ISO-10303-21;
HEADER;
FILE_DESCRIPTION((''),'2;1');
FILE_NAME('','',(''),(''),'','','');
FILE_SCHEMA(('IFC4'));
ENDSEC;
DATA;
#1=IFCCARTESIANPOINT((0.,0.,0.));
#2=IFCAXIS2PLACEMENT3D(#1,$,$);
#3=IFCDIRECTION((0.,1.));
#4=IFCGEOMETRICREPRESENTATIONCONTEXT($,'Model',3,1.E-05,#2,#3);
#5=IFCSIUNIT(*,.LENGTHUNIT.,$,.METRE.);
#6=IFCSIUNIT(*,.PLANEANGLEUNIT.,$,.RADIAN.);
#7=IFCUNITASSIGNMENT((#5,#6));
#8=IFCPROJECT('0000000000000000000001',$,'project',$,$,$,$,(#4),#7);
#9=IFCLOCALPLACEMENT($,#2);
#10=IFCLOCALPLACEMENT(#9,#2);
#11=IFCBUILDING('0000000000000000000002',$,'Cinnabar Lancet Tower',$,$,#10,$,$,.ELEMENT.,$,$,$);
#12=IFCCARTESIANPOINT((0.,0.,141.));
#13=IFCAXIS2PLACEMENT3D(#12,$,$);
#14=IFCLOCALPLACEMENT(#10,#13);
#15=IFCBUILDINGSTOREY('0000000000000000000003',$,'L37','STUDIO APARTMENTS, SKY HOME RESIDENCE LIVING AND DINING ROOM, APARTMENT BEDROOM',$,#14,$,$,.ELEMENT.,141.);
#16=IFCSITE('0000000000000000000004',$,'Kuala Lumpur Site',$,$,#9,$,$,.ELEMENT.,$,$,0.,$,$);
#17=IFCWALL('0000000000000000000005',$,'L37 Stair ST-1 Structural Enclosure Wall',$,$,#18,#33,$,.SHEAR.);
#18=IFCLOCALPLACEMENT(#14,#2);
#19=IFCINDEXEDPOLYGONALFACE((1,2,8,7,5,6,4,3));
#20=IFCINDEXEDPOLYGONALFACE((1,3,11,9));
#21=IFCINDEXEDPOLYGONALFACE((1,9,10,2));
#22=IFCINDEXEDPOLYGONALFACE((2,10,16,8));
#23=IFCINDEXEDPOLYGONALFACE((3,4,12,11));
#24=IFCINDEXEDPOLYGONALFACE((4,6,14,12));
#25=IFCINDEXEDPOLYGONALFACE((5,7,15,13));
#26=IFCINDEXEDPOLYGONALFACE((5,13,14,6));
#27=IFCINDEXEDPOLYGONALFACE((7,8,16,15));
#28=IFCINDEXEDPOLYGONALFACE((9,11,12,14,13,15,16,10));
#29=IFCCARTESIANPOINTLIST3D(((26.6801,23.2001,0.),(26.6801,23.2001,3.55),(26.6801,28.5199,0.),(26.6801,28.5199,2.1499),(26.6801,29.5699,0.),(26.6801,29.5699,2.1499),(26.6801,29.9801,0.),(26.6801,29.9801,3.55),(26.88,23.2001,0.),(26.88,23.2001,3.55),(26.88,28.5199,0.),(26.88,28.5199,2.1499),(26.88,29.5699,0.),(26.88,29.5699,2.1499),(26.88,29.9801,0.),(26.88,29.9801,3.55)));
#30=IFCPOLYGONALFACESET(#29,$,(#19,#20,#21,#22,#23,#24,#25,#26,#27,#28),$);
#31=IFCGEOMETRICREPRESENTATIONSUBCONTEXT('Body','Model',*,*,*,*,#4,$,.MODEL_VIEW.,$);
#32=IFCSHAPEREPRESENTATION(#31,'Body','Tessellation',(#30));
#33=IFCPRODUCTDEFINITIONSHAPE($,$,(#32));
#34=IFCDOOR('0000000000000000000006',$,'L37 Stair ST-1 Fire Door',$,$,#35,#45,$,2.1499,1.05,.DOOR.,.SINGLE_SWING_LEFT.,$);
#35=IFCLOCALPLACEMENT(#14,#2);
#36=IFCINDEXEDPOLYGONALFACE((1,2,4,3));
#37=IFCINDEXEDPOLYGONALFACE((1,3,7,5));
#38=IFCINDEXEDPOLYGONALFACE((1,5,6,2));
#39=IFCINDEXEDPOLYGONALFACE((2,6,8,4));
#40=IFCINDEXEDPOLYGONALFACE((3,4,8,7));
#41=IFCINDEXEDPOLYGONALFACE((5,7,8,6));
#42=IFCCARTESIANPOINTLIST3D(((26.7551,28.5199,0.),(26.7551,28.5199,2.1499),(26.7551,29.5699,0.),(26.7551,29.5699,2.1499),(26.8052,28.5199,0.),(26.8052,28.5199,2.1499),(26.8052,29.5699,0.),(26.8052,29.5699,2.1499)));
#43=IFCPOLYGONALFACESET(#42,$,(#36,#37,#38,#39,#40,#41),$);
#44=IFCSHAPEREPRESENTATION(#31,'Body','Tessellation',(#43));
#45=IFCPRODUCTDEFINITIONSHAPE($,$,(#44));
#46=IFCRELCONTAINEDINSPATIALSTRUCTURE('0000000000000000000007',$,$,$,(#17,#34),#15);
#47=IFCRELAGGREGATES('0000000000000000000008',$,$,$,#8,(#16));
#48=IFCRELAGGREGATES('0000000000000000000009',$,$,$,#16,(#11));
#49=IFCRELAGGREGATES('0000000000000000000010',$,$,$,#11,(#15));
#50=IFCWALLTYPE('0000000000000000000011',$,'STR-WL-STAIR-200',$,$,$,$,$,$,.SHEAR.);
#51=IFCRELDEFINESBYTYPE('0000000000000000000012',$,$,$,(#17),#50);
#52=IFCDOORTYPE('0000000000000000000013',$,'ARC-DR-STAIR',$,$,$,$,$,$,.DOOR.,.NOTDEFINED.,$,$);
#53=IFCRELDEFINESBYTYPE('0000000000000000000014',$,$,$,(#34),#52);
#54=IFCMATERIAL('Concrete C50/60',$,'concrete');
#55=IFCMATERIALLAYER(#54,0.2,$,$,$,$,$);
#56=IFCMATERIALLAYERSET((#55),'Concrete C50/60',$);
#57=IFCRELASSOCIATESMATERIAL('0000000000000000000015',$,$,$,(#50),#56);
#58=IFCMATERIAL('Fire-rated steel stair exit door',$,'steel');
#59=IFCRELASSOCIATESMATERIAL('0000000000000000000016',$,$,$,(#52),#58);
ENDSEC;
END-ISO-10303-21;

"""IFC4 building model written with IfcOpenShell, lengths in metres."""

from ifc_helpers import new_model, si_unit, direction, frame, frame_2d, origin, place, context, subcontext, project, spatial, rectangle, extrude, material, layer, layer_set, type_object, element, fill, save


model = new_model("IFC4")

# Units and contexts
model_context = context("Model", 3, precision=1e-05, world=origin(), true_north=direction((0.0, 1.0)))
body_context = subcontext(model_context, "Body", "Model", "MODEL_VIEW")
ifc_project = project(units=[si_unit("LENGTHUNIT", "METRE"), si_unit("PLANEANGLEUNIT", "RADIAN")], contexts=[model_context])

# Site, building, storey
site_placement = place(None, origin())
site = spatial("IfcSite", under=ifc_project, at=site_placement, Name="Kuala Lumpur Site", CompositionType="ELEMENT", RefElevation=0.0)
building_placement = place(site_placement, origin())
building = spatial("IfcBuilding", under=site, at=building_placement, Name="Cinnabar Lancet Tower", CompositionType="ELEMENT")
storey_placement = place(building_placement, frame((0.0, 0.0, 141.0)))
storey = spatial("IfcBuildingStorey", under=building, at=storey_placement, Name="L37", Description="STUDIO APARTMENTS, SKY HOME RESIDENCE LIVING AND DINING ROOM, APARTMENT BEDROOM", CompositionType="ELEMENT", Elevation=141.0)

# Wall, opening, door
ifc_material_1 = material(Name="Concrete C50/60", Category="concrete")
ifc_layer_1 = layer(ifc_material_1, 0.2)
ifc_layer_set_1 = layer_set([ifc_layer_1], Name="Concrete C50/60")
wall_type_1 = type_object("IfcWallType", Name="STR-WL-STAIR-200", PredefinedType="SHEAR", material=ifc_layer_set_1)
wall_1_placement = place(storey_placement, frame((26.78, 23.2, 0.0), z_axis=(0.0, 0.0, 1.0), x_axis=(0.0, 1.0, 0.0)))
wall_1 = element("IfcWall", 1, at=wall_1_placement, inside=storey, type_object=wall_type_1, Name="L37 Stair ST-1 Structural Enclosure Wall", PredefinedType="SHEAR", context=body_context, shape_type="SweptSolid", body=[
    extrude(rectangle(XDim=6.78, YDim=0.2, at=frame_2d((3.3901, 0.0))), origin(), (0.0, 0.0, 1.0), 3.55),
])
opening_1_placement = place(wall_1_placement, frame((5.3201, 0.0, 0.0)))
opening_1 = element("IfcOpeningElement", 2, at=opening_1_placement, cuts=wall_1, PredefinedType="OPENING", context=body_context, shape_type="SweptSolid", body=[
    extrude(rectangle(XDim=1.05, YDim=2.1499, at=frame_2d((0.5249, 1.075))), frame((0.0, 0.1099, 0.0), z_axis=(0.0, -1.0, 0.0), x_axis=(1.0, 0.0, 0.0)), (0.0, 0.0, 1.0), 0.22),
])
ifc_material_2 = material(Name="Fire-rated steel stair exit door", Category="steel")
door_type_1 = type_object("IfcDoorType", Name="ARC-DR-STAIR", OperationType="NOTDEFINED", PredefinedType="DOOR", material=ifc_material_2)
door_1_placement = place(opening_1_placement, origin())
door_1 = element("IfcDoor", 3, at=door_1_placement, inside=storey, type_object=door_type_1, Name="L37 Stair ST-1 Fire Door", OperationType="SINGLE_SWING_LEFT", OverallHeight=2.1499, OverallWidth=1.05, PredefinedType="DOOR", context=body_context, shape_type="SweptSolid", body=[
    extrude(rectangle(XDim=1.05, YDim=2.1499, at=frame_2d((0.5249, 1.075))), frame((0.0, 0.0249, 0.0), z_axis=(0.0, -1.0, 0.0), x_axis=(1.0, 0.0, 0.0)), (0.0, 0.0, 1.0), 0.05),
])
fill(opening_1, door_1)

save(model, "model.ifc")
